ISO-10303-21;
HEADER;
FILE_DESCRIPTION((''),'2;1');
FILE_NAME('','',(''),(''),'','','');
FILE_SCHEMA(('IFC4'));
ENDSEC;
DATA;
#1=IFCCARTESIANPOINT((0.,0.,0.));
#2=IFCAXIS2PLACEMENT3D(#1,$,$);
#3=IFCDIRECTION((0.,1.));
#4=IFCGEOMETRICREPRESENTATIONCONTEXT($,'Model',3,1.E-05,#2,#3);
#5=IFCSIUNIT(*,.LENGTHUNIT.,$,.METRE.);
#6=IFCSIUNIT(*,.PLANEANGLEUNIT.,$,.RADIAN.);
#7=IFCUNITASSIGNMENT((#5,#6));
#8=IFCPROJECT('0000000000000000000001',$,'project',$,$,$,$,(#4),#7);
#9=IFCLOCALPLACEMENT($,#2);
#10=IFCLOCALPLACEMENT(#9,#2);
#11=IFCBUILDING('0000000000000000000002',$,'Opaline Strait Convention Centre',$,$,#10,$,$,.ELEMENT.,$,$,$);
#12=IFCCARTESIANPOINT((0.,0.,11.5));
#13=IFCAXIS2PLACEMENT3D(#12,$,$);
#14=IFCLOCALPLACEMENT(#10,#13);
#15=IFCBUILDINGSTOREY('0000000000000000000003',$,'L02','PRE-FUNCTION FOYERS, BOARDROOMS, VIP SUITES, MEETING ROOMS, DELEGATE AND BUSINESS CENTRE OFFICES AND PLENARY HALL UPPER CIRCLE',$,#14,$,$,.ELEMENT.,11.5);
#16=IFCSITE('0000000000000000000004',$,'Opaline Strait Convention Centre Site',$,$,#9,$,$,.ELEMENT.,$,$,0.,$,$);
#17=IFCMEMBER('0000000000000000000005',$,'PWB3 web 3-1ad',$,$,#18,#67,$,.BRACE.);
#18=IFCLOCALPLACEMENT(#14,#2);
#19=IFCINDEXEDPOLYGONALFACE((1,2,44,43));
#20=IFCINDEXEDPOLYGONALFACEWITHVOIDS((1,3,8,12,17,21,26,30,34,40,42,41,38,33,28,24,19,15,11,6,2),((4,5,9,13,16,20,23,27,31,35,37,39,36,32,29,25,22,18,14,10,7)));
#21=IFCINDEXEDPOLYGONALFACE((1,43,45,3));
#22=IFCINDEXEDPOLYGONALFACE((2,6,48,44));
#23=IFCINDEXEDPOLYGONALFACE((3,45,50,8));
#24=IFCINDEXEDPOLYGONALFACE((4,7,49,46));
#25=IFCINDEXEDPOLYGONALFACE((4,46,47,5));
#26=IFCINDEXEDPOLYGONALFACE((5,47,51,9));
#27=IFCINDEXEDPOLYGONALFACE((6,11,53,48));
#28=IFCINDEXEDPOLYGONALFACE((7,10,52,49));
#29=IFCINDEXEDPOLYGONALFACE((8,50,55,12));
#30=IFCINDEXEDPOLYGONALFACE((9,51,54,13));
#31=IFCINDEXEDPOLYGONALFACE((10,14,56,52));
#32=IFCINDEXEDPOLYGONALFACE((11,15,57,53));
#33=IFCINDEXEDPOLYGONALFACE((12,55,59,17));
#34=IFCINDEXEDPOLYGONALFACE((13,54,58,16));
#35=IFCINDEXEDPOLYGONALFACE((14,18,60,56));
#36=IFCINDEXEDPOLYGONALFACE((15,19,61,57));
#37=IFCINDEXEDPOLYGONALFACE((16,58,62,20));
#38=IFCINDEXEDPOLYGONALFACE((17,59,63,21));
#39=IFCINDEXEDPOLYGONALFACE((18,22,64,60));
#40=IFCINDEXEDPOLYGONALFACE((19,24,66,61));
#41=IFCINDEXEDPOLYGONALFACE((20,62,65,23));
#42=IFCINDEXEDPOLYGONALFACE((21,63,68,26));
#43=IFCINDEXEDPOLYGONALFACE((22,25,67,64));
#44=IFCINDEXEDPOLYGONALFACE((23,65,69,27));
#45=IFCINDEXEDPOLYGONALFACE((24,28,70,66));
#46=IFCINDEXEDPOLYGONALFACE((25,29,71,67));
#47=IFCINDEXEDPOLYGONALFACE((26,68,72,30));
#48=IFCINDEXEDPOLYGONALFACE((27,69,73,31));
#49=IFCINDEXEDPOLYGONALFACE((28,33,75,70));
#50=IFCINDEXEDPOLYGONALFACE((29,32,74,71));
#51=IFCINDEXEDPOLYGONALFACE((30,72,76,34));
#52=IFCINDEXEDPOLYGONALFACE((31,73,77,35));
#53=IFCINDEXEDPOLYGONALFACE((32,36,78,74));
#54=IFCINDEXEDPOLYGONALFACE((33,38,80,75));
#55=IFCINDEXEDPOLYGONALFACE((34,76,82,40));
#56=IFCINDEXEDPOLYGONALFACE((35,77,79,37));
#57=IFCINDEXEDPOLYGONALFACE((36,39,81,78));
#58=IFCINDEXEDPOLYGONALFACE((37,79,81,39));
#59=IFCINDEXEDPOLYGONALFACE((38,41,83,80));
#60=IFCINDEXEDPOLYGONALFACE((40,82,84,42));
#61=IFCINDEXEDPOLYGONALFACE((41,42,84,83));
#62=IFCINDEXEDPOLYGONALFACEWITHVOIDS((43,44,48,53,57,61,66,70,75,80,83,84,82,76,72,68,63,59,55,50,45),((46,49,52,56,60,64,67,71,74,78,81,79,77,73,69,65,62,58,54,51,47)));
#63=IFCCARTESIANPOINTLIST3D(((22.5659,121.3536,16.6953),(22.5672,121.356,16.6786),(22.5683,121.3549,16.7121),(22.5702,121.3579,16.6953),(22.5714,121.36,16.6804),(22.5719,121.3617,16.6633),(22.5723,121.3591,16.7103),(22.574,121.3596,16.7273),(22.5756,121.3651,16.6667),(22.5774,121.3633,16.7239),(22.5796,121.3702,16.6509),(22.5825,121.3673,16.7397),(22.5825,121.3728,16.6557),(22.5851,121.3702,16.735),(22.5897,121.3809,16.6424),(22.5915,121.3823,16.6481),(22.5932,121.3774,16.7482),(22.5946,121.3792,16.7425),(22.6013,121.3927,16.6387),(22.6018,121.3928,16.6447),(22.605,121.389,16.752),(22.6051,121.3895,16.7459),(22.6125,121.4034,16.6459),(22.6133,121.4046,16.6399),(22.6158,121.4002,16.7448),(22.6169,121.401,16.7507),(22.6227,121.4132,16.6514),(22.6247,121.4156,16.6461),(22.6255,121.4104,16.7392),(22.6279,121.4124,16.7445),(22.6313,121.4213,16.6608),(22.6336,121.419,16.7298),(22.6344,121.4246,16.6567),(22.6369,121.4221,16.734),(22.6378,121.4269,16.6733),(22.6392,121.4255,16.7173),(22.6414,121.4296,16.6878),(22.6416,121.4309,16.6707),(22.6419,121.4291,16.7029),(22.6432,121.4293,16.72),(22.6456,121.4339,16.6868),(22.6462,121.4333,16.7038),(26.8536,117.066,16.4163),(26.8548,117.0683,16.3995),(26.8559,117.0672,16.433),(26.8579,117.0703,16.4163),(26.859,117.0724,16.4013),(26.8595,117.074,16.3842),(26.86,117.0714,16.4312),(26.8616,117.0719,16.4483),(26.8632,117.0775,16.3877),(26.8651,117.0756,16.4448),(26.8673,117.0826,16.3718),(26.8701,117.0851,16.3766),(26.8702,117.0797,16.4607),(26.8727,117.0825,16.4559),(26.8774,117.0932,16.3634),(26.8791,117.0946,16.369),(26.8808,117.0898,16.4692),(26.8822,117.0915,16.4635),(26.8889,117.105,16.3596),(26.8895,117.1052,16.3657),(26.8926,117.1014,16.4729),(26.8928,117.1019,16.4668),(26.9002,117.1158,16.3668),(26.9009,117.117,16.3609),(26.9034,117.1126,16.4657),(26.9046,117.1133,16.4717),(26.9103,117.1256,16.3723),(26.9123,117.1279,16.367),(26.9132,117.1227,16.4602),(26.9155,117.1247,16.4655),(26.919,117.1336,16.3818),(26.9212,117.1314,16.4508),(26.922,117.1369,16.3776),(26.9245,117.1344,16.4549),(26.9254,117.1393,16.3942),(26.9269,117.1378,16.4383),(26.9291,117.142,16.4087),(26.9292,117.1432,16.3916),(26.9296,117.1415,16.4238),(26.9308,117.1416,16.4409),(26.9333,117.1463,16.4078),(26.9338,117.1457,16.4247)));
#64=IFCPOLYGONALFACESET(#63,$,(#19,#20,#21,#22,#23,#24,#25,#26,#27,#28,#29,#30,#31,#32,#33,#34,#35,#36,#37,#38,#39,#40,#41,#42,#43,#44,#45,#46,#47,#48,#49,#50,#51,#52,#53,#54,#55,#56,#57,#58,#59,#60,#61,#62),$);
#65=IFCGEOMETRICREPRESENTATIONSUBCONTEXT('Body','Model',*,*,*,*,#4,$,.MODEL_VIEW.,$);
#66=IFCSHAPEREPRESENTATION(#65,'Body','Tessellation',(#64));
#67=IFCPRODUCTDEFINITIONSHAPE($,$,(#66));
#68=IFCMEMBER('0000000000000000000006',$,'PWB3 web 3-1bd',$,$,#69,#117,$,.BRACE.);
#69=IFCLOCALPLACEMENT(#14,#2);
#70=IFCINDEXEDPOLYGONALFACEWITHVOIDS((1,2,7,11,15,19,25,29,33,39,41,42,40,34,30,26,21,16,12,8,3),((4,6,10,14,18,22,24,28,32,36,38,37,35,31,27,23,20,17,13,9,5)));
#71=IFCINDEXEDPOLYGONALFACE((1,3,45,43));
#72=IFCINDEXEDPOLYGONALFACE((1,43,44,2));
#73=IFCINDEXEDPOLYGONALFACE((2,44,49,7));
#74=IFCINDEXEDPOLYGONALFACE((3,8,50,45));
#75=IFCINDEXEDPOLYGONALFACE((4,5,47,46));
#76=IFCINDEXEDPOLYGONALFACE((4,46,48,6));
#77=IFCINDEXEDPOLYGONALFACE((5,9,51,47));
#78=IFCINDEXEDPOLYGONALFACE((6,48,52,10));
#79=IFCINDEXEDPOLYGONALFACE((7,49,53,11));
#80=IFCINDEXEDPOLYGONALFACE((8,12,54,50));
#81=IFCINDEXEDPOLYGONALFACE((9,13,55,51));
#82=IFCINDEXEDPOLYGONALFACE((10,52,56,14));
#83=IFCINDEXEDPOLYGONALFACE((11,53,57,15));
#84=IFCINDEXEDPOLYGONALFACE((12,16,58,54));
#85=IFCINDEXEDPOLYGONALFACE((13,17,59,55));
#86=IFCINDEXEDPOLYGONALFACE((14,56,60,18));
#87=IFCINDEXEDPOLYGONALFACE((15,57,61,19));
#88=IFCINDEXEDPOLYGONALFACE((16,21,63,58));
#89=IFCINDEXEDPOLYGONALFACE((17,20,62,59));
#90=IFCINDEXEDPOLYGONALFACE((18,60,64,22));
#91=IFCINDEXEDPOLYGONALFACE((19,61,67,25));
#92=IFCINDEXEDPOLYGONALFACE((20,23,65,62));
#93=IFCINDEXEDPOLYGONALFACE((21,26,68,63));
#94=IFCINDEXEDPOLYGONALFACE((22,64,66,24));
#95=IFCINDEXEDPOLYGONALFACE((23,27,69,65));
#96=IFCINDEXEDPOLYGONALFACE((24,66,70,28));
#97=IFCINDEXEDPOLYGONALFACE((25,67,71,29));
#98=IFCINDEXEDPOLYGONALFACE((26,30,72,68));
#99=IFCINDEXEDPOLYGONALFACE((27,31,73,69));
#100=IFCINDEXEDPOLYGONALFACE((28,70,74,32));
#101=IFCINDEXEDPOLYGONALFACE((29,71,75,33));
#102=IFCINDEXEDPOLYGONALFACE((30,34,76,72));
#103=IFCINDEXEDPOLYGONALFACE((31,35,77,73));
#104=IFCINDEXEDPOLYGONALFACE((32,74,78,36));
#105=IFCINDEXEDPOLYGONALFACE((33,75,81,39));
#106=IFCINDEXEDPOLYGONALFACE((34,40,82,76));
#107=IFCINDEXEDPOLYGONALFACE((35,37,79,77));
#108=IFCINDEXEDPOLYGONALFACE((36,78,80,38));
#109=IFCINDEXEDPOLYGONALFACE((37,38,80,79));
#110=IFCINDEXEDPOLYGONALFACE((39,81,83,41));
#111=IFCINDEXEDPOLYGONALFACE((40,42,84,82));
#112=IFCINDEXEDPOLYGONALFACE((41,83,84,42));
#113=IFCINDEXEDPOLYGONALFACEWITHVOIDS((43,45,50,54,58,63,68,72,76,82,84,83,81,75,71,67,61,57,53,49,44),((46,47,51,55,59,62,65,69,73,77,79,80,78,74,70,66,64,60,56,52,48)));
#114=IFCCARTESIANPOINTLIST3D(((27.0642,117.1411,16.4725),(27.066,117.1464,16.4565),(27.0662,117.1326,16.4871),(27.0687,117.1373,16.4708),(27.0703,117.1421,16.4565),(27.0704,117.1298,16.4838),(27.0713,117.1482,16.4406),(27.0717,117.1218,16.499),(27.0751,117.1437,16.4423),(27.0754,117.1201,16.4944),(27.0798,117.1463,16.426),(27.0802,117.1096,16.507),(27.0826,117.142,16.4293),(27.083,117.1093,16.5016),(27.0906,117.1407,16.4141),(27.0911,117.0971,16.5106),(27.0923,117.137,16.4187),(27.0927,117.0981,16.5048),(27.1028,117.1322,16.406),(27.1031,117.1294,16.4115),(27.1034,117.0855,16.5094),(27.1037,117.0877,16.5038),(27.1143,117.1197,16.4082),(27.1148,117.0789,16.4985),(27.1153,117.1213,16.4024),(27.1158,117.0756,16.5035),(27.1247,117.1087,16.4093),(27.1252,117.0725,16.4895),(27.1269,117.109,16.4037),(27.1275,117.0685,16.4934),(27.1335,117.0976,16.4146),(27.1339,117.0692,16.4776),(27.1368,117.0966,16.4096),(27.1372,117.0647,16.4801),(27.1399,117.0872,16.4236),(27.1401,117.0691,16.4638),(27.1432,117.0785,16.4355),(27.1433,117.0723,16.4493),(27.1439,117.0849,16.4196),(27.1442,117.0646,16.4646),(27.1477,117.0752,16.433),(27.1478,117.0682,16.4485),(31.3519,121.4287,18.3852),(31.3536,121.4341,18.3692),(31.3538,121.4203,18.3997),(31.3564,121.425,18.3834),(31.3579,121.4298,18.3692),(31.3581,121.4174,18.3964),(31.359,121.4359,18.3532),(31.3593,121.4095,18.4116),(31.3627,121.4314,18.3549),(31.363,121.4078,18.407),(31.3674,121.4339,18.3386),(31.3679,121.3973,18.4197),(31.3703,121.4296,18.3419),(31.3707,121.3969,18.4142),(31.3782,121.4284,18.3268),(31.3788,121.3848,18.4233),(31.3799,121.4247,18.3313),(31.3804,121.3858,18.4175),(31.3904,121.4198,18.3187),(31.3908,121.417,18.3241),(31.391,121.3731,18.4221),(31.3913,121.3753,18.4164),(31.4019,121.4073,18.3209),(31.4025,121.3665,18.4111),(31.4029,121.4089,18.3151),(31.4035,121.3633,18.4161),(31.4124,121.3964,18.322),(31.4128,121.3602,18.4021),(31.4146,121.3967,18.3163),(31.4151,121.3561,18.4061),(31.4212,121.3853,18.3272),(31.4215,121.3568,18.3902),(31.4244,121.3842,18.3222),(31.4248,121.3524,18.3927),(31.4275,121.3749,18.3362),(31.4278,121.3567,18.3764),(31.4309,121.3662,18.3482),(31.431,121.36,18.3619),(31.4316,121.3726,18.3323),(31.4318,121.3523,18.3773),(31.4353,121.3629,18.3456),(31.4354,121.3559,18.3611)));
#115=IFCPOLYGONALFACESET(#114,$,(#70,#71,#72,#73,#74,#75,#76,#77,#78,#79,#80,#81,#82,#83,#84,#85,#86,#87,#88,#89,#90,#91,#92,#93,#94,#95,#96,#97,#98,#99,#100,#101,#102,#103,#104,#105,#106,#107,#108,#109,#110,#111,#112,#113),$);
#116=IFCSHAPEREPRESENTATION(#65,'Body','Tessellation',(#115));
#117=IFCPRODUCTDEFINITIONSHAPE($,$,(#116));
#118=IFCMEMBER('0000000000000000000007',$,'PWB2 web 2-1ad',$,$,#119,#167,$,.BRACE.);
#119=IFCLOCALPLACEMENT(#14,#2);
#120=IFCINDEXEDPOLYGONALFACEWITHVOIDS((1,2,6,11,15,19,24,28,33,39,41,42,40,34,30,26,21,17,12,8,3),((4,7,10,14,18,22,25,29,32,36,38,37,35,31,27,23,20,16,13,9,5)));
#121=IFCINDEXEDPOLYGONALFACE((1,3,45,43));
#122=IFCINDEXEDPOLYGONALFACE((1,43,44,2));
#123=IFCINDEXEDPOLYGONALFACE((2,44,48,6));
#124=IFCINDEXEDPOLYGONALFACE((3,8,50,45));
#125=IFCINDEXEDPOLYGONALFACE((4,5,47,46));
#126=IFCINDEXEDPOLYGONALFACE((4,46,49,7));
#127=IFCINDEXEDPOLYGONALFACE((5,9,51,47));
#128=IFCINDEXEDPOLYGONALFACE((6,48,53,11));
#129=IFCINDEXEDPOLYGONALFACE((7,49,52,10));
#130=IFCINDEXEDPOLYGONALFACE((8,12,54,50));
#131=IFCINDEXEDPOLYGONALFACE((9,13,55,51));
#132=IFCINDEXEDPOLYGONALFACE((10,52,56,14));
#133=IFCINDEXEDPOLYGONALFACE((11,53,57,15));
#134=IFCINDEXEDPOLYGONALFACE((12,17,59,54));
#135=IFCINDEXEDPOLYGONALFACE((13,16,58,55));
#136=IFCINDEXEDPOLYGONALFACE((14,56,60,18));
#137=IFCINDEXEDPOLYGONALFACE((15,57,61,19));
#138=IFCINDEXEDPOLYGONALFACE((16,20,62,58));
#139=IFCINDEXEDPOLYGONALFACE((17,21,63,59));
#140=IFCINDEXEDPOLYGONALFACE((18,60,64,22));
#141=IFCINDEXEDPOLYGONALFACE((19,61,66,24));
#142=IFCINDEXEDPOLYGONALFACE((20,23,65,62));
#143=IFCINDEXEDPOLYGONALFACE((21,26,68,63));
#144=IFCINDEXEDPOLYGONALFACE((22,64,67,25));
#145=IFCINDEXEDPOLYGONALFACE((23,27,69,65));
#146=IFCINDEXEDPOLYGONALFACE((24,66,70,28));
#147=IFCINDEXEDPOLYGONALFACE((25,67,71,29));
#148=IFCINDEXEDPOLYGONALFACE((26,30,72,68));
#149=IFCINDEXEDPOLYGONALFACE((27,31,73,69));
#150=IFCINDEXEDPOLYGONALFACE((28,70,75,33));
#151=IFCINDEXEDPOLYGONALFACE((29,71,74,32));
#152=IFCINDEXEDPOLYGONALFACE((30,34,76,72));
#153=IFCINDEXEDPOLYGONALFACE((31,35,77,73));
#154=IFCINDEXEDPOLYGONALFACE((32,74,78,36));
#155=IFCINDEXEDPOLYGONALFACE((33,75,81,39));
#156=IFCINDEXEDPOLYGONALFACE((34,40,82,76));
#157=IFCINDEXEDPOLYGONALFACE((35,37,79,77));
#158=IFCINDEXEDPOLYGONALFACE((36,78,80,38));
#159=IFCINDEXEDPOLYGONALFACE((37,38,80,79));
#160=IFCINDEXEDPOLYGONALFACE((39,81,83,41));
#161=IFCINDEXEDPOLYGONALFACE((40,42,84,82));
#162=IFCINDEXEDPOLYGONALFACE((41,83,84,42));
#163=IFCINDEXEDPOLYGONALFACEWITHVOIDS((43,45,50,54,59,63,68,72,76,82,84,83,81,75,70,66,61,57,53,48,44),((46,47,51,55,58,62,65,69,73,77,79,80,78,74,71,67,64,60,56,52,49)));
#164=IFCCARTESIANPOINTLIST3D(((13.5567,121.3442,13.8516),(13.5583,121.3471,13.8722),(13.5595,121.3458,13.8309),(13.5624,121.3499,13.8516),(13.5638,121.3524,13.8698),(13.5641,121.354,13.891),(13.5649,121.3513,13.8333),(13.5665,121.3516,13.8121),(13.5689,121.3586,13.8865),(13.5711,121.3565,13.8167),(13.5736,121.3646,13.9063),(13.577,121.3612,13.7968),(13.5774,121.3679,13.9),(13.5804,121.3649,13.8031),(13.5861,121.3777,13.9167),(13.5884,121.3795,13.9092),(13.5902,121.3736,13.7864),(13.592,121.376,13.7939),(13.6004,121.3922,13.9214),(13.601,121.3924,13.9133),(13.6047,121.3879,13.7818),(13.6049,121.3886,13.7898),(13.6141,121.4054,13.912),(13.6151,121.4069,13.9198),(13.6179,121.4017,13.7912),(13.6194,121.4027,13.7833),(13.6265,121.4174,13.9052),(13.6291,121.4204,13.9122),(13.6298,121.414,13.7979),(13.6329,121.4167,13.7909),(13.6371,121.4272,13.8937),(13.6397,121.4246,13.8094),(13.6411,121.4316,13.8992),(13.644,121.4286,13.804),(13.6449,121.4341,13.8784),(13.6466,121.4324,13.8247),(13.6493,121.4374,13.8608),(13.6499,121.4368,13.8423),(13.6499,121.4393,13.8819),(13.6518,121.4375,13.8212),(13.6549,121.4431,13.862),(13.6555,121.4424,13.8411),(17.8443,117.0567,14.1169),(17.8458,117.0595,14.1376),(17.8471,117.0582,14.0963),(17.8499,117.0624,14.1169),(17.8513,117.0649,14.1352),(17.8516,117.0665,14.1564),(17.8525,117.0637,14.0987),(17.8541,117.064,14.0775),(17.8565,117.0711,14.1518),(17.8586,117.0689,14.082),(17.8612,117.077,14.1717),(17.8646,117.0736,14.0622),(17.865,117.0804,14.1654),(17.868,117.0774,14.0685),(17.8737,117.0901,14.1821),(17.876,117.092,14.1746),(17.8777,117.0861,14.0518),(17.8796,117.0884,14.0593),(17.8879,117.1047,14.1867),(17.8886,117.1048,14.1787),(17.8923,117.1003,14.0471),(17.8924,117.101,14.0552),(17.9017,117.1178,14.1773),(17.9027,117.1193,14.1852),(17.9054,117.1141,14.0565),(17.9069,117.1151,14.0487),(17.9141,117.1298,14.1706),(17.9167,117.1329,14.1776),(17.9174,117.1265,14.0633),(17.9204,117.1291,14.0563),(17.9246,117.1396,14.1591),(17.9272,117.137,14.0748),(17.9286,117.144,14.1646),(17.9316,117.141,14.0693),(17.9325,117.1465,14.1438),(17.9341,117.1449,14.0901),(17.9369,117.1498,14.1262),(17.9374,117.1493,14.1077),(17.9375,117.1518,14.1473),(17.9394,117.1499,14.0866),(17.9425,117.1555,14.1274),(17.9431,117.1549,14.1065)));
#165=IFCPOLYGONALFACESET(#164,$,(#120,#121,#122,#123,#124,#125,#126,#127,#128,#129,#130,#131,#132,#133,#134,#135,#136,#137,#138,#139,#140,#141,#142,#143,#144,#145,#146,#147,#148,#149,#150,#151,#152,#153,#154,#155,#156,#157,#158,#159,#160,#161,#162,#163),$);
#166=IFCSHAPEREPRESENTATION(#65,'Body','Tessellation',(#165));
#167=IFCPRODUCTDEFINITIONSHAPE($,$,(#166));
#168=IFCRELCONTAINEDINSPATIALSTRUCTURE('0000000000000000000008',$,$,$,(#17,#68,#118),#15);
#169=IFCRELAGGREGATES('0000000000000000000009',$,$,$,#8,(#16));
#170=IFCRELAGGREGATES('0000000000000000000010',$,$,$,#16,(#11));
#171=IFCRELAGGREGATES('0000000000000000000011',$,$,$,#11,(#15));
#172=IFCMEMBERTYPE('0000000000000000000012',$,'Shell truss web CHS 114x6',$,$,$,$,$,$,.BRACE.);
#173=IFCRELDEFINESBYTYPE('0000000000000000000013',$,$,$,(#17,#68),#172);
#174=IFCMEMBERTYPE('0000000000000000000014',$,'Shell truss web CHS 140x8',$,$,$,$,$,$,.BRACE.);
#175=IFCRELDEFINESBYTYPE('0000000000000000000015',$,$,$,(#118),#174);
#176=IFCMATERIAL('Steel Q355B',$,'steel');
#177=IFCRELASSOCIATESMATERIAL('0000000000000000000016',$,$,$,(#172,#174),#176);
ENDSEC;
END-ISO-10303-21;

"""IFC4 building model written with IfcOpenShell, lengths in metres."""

from ifc_helpers import new_model, si_unit, direction, frame, origin, origin_2d, place, context, subcontext, project, spatial, hollow_circle, extrude, material, material_profile, profile_set, type_object, element, save


model = new_model("IFC4")

# Units and contexts
model_context = context("Model", 3, precision=1e-05, world=origin(), true_north=direction((0.0, 1.0)))
body_context = subcontext(model_context, "Body", "Model", "MODEL_VIEW")
ifc_project = project(units=[si_unit("LENGTHUNIT", "METRE"), si_unit("PLANEANGLEUNIT", "RADIAN")], contexts=[model_context])

# Site, building, storey
site_placement = place(None, origin())
site = spatial("IfcSite", under=ifc_project, at=site_placement, Name="Opaline Strait Convention Centre Site", CompositionType="ELEMENT", RefElevation=0.0)
building_placement = place(site_placement, origin())
building = spatial("IfcBuilding", under=site, at=building_placement, Name="Opaline Strait Convention Centre", CompositionType="ELEMENT")
storey_placement = place(building_placement, frame((0.0, 0.0, 11.5)))
storey = spatial("IfcBuildingStorey", under=building, at=storey_placement, Name="L02", Description="PRE-FUNCTION FOYERS, BOARDROOMS, VIP SUITES, MEETING ROOMS, DELEGATE AND BUSINESS CENTRE OFFICES AND PLENARY HALL UPPER CIRCLE", CompositionType="ELEMENT", Elevation=11.5)

# Members
ifc_material_1 = material(Name="Steel Q355B", Category="steel")
ifc_material_profile_1 = material_profile(ifc_material_1, hollow_circle(Radius=0.0569, WallThickness=0.0061, at=origin_2d()), Name="CHS 114x6")
ifc_profile_set_1 = profile_set([ifc_material_profile_1], Name="Steel Q355B")
member_type_1 = type_object("IfcMemberType", Name="Shell truss web CHS 114x6", PredefinedType="BRACE", material=ifc_profile_set_1)
member_1_placement = place(storey_placement, frame((26.8938, 117.1062, 16.4163), z_axis=(-0.706359, 0.706359, 0.045972), x_axis=(-0.707107, -0.707107, 0.0)))
element("IfcMember", 1, at=member_1_placement, inside=storey, type_object=member_type_1, Name="PWB3 web 3-1ad", PredefinedType="BRACE", context=body_context, shape_type="SweptSolid", body=[
    extrude(hollow_circle(Radius=0.0569, WallThickness=0.0061, at=origin_2d()), origin(), (0.0, 0.0, 1.0), 6.0701),
])
member_2_placement = place(storey_placement, frame((27.1062, 117.1062, 16.4565), z_axis=(0.674356, 0.674356, 0.300814), x_axis=(-0.707107, 0.707107, 0.0)))
element("IfcMember", 2, at=member_2_placement, inside=storey, type_object=member_type_1, Name="PWB3 web 3-1bd", PredefinedType="BRACE", context=body_context, shape_type="SweptSolid", body=[
    extrude(hollow_circle(Radius=0.0569, WallThickness=0.0061, at=origin_2d()), origin(), (0.0, 0.0, 1.0), 6.3582),
])
ifc_material_profile_2 = material_profile(ifc_material_1, hollow_circle(Radius=0.0701, WallThickness=0.0081, at=origin_2d()), Name="CHS 140x8")
ifc_profile_set_2 = profile_set([ifc_material_profile_2], Name="Steel Q355B")
member_type_2 = type_object("IfcMemberType", Name="Shell truss web CHS 140x8", PredefinedType="BRACE", material=ifc_profile_set_2)
member_3_placement = place(storey_placement, frame((17.8938, 117.1062, 14.1169), z_axis=(-0.706431, 0.706431, -0.043725), x_axis=(-0.707107, -0.707107, 0.0)))
element("IfcMember", 3, at=member_3_placement, inside=storey, type_object=member_type_2, Name="PWB2 web 2-1ad", PredefinedType="BRACE", context=body_context, shape_type="SweptSolid", body=[
    extrude(hollow_circle(Radius=0.0701, WallThickness=0.0081, at=origin_2d()), origin(), (0.0, 0.0, 1.0), 6.0693),
])

save(model, "model.ifc")
